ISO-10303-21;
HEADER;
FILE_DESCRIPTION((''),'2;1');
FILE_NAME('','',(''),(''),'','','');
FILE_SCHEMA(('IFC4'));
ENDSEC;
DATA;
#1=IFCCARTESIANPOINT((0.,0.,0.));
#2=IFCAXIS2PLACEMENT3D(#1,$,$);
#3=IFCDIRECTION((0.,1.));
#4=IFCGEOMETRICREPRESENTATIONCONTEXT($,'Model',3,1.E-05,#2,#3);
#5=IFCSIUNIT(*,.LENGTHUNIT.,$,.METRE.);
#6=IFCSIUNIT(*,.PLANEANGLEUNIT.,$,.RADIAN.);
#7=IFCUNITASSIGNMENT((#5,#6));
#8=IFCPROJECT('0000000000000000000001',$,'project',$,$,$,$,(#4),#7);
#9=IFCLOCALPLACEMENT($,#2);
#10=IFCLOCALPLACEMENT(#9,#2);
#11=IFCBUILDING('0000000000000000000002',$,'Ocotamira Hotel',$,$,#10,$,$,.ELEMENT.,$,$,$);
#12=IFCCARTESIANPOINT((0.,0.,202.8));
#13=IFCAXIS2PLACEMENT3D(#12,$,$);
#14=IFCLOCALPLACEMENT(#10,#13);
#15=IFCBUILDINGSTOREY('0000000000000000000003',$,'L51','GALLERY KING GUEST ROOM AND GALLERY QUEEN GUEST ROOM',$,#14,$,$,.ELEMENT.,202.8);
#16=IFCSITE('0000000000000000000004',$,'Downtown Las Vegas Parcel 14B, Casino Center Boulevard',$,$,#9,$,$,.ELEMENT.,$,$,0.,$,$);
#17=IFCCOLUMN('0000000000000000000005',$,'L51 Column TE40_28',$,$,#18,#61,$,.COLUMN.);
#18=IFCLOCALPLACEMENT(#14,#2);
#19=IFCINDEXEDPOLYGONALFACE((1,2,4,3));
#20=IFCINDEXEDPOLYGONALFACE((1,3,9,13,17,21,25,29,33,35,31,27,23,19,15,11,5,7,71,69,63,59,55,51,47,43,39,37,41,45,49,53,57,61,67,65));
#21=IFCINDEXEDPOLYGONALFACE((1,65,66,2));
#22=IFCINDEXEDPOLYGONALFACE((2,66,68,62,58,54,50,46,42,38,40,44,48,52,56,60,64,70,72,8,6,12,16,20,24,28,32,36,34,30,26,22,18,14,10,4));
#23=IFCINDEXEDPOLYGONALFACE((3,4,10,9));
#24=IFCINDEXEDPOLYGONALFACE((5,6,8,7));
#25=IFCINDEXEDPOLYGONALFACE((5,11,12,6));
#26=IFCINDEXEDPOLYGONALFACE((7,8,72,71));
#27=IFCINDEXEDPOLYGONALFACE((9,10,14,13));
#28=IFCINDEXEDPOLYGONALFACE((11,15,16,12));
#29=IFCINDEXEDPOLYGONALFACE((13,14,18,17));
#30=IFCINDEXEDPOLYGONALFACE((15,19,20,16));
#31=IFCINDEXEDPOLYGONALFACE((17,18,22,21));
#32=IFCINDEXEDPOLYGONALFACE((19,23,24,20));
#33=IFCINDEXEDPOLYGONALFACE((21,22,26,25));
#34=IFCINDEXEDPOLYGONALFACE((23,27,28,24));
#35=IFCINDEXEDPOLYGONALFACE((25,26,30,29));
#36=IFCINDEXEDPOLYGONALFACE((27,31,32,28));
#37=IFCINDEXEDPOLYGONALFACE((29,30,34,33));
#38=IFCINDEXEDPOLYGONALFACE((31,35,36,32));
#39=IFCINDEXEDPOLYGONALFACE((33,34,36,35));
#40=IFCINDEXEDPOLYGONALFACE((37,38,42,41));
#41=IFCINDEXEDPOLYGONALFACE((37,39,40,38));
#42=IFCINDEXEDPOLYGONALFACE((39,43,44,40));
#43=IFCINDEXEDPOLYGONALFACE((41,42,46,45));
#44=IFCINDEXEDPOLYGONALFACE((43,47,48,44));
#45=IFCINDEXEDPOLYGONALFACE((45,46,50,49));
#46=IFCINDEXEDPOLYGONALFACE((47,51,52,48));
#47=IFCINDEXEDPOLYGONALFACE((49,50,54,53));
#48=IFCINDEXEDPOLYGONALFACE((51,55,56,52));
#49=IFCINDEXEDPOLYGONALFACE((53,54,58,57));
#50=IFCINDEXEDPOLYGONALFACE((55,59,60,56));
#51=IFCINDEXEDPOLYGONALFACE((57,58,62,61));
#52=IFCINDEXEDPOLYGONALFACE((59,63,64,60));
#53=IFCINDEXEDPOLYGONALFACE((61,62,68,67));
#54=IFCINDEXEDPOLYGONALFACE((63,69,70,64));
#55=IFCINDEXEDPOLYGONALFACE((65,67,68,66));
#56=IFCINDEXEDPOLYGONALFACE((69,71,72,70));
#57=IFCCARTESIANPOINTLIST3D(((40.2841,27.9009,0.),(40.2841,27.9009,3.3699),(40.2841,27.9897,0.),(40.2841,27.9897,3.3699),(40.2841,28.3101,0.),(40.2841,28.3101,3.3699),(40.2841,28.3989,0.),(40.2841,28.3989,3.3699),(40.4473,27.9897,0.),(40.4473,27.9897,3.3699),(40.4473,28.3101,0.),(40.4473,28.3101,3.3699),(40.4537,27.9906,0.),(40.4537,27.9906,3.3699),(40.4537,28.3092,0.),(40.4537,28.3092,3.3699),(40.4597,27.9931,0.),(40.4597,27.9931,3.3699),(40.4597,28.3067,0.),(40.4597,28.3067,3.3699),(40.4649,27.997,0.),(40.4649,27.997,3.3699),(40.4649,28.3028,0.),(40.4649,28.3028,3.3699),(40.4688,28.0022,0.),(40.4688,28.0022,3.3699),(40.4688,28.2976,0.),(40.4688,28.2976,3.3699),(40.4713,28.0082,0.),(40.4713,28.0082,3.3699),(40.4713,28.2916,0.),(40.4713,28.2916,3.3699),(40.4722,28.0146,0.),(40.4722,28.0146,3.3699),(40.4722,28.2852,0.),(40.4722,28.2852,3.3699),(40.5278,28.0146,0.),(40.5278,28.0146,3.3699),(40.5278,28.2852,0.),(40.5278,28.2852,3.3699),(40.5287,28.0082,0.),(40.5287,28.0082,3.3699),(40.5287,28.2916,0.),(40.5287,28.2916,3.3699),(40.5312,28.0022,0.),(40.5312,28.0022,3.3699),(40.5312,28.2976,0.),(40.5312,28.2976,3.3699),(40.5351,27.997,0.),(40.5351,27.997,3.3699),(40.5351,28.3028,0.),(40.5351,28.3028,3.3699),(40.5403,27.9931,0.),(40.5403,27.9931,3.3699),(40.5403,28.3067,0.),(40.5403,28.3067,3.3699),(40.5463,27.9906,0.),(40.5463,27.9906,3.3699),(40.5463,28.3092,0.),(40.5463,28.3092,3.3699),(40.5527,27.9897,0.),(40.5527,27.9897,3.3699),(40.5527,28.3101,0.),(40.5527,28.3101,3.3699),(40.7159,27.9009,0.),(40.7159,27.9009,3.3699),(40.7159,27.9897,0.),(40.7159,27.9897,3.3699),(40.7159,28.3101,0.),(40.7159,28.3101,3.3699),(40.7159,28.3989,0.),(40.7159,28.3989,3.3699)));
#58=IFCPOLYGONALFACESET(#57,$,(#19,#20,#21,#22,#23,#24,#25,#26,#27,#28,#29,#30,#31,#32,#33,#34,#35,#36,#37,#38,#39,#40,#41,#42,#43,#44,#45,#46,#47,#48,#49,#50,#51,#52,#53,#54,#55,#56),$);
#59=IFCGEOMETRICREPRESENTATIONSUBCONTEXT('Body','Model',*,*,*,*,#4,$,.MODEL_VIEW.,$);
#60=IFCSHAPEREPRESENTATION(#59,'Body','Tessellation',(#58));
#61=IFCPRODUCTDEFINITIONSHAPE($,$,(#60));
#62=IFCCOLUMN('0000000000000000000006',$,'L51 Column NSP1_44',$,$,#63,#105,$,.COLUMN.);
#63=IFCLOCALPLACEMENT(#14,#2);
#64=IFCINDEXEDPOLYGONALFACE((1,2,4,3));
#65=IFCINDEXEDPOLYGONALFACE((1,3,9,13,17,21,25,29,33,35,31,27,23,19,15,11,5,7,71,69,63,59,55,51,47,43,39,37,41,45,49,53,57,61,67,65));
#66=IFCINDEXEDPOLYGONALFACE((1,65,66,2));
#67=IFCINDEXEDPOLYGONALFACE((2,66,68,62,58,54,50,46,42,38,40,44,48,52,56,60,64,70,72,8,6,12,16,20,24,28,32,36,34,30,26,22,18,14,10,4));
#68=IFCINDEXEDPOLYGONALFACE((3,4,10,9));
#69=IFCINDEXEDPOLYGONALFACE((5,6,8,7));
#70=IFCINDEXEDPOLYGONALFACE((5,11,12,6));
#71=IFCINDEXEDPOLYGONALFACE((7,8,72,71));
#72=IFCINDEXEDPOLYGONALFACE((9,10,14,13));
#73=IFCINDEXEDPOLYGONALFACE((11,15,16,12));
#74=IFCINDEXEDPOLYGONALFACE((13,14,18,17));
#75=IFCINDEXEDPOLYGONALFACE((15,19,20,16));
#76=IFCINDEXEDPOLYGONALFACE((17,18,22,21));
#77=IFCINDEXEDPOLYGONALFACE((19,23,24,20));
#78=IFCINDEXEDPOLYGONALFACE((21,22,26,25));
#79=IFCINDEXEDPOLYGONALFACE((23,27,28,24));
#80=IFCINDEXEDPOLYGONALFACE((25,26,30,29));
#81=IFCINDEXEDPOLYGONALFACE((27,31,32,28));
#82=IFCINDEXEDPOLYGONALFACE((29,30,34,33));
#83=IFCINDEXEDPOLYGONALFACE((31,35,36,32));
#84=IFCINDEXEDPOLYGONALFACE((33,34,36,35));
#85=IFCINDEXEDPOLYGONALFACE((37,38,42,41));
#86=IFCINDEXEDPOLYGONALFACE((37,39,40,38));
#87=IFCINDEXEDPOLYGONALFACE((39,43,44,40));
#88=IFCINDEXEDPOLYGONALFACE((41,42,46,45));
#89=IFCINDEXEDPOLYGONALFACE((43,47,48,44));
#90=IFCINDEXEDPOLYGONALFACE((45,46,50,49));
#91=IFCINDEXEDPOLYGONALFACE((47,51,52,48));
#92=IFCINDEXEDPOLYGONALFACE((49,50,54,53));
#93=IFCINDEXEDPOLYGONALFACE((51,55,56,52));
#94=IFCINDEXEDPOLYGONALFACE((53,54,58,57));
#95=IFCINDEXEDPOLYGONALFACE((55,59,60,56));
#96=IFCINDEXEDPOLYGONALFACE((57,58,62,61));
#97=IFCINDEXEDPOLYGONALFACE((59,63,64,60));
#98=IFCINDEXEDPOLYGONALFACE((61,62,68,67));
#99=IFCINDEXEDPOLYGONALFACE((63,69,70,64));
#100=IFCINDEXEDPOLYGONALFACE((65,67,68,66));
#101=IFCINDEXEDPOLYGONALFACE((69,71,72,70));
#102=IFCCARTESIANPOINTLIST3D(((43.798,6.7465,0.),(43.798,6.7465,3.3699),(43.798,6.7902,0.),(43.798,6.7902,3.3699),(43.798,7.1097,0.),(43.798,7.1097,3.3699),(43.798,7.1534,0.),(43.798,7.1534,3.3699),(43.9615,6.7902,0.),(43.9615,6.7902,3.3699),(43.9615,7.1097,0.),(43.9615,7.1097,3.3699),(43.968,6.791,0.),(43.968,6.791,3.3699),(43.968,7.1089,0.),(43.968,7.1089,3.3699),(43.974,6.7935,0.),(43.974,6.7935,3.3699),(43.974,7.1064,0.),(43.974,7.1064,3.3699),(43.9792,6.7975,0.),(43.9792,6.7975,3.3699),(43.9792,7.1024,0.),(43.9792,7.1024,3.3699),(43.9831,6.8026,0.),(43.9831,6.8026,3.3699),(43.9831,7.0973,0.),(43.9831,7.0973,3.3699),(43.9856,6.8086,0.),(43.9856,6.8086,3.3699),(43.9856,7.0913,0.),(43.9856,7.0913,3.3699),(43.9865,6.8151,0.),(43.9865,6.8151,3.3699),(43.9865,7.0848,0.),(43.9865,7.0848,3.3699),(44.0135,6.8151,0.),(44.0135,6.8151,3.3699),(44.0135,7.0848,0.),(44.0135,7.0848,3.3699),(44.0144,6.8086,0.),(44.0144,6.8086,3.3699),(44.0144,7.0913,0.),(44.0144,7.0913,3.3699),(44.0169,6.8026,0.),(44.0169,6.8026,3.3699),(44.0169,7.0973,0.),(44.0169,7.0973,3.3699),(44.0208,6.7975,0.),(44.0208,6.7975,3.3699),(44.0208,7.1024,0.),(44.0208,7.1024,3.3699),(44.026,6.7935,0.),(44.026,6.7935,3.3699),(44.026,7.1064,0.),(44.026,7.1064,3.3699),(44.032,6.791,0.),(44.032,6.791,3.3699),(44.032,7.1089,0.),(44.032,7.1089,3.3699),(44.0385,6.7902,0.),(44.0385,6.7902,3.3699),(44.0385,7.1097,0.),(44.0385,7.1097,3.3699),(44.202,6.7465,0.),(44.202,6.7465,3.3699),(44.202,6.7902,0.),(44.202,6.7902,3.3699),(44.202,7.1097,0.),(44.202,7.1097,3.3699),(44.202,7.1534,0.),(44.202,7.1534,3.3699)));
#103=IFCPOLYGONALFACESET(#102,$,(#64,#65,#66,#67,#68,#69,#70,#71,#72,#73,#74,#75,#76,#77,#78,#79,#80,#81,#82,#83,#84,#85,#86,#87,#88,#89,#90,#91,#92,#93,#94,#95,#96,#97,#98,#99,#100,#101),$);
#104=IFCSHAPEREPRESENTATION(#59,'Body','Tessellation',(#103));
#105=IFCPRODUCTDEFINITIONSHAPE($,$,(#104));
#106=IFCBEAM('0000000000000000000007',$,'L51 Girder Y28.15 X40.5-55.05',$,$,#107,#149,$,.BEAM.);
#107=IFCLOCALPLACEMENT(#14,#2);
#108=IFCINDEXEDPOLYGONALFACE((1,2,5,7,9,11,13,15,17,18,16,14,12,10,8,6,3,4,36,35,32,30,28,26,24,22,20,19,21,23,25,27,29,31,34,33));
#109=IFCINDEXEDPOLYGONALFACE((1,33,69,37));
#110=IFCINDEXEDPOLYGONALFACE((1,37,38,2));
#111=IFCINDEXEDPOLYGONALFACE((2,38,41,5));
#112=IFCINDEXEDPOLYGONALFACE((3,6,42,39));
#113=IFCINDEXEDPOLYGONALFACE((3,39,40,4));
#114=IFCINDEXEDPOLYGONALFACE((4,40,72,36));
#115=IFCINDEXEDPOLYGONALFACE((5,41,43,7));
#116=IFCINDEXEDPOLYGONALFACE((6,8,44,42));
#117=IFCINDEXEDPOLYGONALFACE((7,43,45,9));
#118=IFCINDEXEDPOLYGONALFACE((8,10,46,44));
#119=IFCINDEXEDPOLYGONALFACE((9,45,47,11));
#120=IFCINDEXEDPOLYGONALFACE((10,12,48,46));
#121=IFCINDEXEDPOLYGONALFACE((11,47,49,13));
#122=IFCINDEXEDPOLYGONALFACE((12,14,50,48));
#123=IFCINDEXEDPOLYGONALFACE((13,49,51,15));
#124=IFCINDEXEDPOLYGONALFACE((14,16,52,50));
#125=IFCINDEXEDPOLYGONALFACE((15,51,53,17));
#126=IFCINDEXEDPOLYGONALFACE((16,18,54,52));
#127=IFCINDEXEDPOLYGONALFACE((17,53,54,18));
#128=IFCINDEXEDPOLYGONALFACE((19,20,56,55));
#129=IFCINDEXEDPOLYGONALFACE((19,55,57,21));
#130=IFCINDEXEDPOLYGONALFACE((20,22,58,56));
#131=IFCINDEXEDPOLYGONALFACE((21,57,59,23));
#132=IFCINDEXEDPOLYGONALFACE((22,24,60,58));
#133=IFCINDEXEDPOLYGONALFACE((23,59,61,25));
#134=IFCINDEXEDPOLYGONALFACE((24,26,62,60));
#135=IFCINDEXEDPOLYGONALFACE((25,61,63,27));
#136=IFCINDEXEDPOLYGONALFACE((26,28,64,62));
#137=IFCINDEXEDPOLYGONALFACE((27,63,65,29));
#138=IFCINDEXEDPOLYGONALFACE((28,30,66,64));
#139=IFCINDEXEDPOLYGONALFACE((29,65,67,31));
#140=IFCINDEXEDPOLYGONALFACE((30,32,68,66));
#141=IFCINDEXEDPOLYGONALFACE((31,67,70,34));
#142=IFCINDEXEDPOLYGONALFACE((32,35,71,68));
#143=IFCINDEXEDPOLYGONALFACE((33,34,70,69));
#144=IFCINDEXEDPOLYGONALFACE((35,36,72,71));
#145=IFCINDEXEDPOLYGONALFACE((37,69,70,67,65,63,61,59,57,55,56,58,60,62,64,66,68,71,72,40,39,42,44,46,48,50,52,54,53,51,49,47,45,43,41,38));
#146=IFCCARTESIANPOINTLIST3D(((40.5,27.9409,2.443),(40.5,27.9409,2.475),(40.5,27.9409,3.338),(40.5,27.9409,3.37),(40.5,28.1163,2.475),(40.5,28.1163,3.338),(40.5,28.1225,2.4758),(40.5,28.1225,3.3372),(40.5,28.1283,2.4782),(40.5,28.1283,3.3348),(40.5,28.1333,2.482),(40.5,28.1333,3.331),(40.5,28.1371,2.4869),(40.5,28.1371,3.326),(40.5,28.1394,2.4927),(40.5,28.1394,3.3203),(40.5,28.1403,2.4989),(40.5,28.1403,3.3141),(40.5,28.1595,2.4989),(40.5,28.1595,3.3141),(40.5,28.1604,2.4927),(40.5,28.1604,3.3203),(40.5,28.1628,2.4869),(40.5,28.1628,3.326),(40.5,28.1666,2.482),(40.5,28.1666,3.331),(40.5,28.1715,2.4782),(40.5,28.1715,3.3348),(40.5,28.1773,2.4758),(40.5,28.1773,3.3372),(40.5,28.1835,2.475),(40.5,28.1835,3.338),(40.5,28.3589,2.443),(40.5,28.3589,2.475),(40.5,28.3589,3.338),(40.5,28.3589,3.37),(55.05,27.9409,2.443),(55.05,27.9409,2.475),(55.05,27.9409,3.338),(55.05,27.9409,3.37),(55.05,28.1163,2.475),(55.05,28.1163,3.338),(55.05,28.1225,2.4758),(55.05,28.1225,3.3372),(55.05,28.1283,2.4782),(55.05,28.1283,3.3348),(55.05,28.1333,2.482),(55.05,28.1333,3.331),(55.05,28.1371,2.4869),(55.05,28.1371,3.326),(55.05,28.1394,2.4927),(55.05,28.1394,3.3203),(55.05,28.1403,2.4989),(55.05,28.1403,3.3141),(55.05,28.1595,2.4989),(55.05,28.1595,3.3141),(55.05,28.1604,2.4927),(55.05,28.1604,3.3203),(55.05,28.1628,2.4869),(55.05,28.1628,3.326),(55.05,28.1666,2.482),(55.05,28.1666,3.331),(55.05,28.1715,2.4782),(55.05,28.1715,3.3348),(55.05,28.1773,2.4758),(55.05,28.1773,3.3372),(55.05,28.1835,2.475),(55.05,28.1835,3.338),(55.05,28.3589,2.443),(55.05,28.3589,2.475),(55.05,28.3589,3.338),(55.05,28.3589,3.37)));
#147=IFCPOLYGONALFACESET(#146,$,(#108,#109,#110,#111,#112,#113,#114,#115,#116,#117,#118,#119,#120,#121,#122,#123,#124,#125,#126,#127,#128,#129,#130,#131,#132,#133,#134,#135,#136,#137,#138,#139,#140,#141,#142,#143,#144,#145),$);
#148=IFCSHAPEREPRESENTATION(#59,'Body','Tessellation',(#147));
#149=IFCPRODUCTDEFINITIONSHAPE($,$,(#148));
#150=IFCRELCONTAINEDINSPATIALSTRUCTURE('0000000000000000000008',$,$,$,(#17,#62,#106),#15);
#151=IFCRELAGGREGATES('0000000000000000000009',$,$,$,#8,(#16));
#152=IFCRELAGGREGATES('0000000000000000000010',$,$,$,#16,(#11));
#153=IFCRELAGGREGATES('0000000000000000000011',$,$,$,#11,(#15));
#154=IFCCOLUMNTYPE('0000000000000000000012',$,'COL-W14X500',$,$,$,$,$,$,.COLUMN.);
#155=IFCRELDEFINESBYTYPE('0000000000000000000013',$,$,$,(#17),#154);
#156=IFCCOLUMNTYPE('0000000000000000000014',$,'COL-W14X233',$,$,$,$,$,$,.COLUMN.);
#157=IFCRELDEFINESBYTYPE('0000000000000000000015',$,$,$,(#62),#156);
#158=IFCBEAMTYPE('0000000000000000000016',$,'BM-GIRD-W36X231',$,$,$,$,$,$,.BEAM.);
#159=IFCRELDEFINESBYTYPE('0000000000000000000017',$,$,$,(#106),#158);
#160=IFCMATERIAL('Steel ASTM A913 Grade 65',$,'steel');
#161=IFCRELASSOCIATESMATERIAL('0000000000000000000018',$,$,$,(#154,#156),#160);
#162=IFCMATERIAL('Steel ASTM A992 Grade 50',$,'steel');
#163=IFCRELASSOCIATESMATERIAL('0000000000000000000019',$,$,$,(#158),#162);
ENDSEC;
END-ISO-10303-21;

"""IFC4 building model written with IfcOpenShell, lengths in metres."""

from ifc_helpers import new_model, si_unit, direction, frame, origin, origin_2d, place, context, subcontext, project, spatial, i_section, extrude, source, transform, mapped, material, material_profile, profile_set, type_object, element, save


model = new_model("IFC4")

# Units and contexts
model_context = context("Model", 3, precision=1e-05, world=origin(), true_north=direction((0.0, 1.0)))
body_context = subcontext(model_context, "Body", "Model", "MODEL_VIEW")
ifc_project = project(units=[si_unit("LENGTHUNIT", "METRE"), si_unit("PLANEANGLEUNIT", "RADIAN")], contexts=[model_context])

# Site, building, storey
site_placement = place(None, origin())
site = spatial("IfcSite", under=ifc_project, at=site_placement, Name="Downtown Las Vegas Parcel 14B, Casino Center Boulevard", CompositionType="ELEMENT", RefElevation=0.0)
building_placement = place(site_placement, origin())
building = spatial("IfcBuilding", under=site, at=building_placement, Name="Ocotamira Hotel", CompositionType="ELEMENT")
storey_placement = place(building_placement, frame((0.0, 0.0, 202.8)))
storey = spatial("IfcBuildingStorey", under=building, at=storey_placement, Name="L51", Description="GALLERY KING GUEST ROOM AND GALLERY QUEEN GUEST ROOM", CompositionType="ELEMENT", Elevation=202.8)

# Columns
ifc_material_1 = material(Name="Steel ASTM A913 Grade 65", Category="steel")
ifc_material_profile_1 = material_profile(ifc_material_1, i_section(OverallWidth=0.4319, OverallDepth=0.498, WebThickness=0.0557, FlangeThickness=0.0889, FilletRadius=0.0249, at=origin_2d()), Name="W14X500")
ifc_profile_set_1 = profile_set([ifc_material_profile_1], Name="Steel ASTM A913 Grade 65")
column_type_1 = type_object("IfcColumnType", Name="COL-W14X500", PredefinedType="COLUMN", material=ifc_profile_set_1)
shared_shape_1 = source(origin(), body_context, "Body", "SweptSolid", [
    extrude(i_section(OverallWidth=0.4319, OverallDepth=0.498, WebThickness=0.0557, FlangeThickness=0.0889, FilletRadius=0.0249, at=origin_2d()), origin(), (0.0, 0.0, 1.0), 3.3699),
])
column_1_placement = place(storey_placement, frame((40.5, 28.1499, 0.0), z_axis=(0.0, 0.0, 1.0), x_axis=(1.0, 0.0, 0.0)))
element("IfcColumn", 1, at=column_1_placement, inside=storey, type_object=column_type_1, Name="L51 Column TE40_28", PredefinedType="COLUMN", context=body_context, shape_type="MappedRepresentation", body=[
    mapped(shared_shape_1, transform((0.0, 0.0, 0.0), scale=1.0)),
])
ifc_material_profile_2 = material_profile(ifc_material_1, i_section(OverallWidth=0.4041, OverallDepth=0.407, WebThickness=0.0271, FlangeThickness=0.0437, FilletRadius=0.0249, at=origin_2d()), Name="W14X233")
ifc_profile_set_2 = profile_set([ifc_material_profile_2], Name="Steel ASTM A913 Grade 65")
column_type_2 = type_object("IfcColumnType", Name="COL-W14X233", PredefinedType="COLUMN", material=ifc_profile_set_2)
shared_shape_2 = source(origin(), body_context, "Body", "SweptSolid", [
    extrude(i_section(OverallWidth=0.4041, OverallDepth=0.407, WebThickness=0.0271, FlangeThickness=0.0437, FilletRadius=0.0249, at=origin_2d()), origin(), (0.0, 0.0, 1.0), 3.3699),
])
column_2_placement = place(storey_placement, frame((44.0, 6.95, 0.0), z_axis=(0.0, 0.0, 1.0), x_axis=(1.0, 0.0, 0.0)))
element("IfcColumn", 2, at=column_2_placement, inside=storey, type_object=column_type_2, Name="L51 Column NSP1_44", PredefinedType="COLUMN", context=body_context, shape_type="MappedRepresentation", body=[
    mapped(shared_shape_2, transform((0.0, 0.0, 0.0), scale=1.0)),
])

# Beam
ifc_material_2 = material(Name="Steel ASTM A992 Grade 50", Category="steel")
ifc_material_profile_3 = material_profile(ifc_material_2, i_section(OverallWidth=0.418, OverallDepth=0.927, WebThickness=0.0193, FlangeThickness=0.032, FilletRadius=0.0239, at=origin_2d()), Name="W36X231")
ifc_profile_set_3 = profile_set([ifc_material_profile_3], Name="Steel ASTM A992 Grade 50")
beam_type_1 = type_object("IfcBeamType", Name="BM-GIRD-W36X231", PredefinedType="BEAM", material=ifc_profile_set_3)
shared_shape_3 = source(origin(), body_context, "Body", "SweptSolid", [
    extrude(i_section(OverallWidth=0.418, OverallDepth=0.927, WebThickness=0.0193, FlangeThickness=0.032, FilletRadius=0.0239, at=origin_2d()), origin(), (0.0, 0.0, 1.0), 14.55),
])
beam_1_placement = place(storey_placement, frame((40.5, 28.1499, 2.9065), z_axis=(1.0, 0.0, 0.0), x_axis=(0.0, 1.0, 0.0)))
element("IfcBeam", 3, at=beam_1_placement, inside=storey, type_object=beam_type_1, Name="L51 Girder Y28.15 X40.5-55.05", PredefinedType="BEAM", context=body_context, shape_type="MappedRepresentation", body=[
    mapped(shared_shape_3, transform((0.0, 0.0, 0.0), scale=1.0)),
])

save(model, "model.ifc")
